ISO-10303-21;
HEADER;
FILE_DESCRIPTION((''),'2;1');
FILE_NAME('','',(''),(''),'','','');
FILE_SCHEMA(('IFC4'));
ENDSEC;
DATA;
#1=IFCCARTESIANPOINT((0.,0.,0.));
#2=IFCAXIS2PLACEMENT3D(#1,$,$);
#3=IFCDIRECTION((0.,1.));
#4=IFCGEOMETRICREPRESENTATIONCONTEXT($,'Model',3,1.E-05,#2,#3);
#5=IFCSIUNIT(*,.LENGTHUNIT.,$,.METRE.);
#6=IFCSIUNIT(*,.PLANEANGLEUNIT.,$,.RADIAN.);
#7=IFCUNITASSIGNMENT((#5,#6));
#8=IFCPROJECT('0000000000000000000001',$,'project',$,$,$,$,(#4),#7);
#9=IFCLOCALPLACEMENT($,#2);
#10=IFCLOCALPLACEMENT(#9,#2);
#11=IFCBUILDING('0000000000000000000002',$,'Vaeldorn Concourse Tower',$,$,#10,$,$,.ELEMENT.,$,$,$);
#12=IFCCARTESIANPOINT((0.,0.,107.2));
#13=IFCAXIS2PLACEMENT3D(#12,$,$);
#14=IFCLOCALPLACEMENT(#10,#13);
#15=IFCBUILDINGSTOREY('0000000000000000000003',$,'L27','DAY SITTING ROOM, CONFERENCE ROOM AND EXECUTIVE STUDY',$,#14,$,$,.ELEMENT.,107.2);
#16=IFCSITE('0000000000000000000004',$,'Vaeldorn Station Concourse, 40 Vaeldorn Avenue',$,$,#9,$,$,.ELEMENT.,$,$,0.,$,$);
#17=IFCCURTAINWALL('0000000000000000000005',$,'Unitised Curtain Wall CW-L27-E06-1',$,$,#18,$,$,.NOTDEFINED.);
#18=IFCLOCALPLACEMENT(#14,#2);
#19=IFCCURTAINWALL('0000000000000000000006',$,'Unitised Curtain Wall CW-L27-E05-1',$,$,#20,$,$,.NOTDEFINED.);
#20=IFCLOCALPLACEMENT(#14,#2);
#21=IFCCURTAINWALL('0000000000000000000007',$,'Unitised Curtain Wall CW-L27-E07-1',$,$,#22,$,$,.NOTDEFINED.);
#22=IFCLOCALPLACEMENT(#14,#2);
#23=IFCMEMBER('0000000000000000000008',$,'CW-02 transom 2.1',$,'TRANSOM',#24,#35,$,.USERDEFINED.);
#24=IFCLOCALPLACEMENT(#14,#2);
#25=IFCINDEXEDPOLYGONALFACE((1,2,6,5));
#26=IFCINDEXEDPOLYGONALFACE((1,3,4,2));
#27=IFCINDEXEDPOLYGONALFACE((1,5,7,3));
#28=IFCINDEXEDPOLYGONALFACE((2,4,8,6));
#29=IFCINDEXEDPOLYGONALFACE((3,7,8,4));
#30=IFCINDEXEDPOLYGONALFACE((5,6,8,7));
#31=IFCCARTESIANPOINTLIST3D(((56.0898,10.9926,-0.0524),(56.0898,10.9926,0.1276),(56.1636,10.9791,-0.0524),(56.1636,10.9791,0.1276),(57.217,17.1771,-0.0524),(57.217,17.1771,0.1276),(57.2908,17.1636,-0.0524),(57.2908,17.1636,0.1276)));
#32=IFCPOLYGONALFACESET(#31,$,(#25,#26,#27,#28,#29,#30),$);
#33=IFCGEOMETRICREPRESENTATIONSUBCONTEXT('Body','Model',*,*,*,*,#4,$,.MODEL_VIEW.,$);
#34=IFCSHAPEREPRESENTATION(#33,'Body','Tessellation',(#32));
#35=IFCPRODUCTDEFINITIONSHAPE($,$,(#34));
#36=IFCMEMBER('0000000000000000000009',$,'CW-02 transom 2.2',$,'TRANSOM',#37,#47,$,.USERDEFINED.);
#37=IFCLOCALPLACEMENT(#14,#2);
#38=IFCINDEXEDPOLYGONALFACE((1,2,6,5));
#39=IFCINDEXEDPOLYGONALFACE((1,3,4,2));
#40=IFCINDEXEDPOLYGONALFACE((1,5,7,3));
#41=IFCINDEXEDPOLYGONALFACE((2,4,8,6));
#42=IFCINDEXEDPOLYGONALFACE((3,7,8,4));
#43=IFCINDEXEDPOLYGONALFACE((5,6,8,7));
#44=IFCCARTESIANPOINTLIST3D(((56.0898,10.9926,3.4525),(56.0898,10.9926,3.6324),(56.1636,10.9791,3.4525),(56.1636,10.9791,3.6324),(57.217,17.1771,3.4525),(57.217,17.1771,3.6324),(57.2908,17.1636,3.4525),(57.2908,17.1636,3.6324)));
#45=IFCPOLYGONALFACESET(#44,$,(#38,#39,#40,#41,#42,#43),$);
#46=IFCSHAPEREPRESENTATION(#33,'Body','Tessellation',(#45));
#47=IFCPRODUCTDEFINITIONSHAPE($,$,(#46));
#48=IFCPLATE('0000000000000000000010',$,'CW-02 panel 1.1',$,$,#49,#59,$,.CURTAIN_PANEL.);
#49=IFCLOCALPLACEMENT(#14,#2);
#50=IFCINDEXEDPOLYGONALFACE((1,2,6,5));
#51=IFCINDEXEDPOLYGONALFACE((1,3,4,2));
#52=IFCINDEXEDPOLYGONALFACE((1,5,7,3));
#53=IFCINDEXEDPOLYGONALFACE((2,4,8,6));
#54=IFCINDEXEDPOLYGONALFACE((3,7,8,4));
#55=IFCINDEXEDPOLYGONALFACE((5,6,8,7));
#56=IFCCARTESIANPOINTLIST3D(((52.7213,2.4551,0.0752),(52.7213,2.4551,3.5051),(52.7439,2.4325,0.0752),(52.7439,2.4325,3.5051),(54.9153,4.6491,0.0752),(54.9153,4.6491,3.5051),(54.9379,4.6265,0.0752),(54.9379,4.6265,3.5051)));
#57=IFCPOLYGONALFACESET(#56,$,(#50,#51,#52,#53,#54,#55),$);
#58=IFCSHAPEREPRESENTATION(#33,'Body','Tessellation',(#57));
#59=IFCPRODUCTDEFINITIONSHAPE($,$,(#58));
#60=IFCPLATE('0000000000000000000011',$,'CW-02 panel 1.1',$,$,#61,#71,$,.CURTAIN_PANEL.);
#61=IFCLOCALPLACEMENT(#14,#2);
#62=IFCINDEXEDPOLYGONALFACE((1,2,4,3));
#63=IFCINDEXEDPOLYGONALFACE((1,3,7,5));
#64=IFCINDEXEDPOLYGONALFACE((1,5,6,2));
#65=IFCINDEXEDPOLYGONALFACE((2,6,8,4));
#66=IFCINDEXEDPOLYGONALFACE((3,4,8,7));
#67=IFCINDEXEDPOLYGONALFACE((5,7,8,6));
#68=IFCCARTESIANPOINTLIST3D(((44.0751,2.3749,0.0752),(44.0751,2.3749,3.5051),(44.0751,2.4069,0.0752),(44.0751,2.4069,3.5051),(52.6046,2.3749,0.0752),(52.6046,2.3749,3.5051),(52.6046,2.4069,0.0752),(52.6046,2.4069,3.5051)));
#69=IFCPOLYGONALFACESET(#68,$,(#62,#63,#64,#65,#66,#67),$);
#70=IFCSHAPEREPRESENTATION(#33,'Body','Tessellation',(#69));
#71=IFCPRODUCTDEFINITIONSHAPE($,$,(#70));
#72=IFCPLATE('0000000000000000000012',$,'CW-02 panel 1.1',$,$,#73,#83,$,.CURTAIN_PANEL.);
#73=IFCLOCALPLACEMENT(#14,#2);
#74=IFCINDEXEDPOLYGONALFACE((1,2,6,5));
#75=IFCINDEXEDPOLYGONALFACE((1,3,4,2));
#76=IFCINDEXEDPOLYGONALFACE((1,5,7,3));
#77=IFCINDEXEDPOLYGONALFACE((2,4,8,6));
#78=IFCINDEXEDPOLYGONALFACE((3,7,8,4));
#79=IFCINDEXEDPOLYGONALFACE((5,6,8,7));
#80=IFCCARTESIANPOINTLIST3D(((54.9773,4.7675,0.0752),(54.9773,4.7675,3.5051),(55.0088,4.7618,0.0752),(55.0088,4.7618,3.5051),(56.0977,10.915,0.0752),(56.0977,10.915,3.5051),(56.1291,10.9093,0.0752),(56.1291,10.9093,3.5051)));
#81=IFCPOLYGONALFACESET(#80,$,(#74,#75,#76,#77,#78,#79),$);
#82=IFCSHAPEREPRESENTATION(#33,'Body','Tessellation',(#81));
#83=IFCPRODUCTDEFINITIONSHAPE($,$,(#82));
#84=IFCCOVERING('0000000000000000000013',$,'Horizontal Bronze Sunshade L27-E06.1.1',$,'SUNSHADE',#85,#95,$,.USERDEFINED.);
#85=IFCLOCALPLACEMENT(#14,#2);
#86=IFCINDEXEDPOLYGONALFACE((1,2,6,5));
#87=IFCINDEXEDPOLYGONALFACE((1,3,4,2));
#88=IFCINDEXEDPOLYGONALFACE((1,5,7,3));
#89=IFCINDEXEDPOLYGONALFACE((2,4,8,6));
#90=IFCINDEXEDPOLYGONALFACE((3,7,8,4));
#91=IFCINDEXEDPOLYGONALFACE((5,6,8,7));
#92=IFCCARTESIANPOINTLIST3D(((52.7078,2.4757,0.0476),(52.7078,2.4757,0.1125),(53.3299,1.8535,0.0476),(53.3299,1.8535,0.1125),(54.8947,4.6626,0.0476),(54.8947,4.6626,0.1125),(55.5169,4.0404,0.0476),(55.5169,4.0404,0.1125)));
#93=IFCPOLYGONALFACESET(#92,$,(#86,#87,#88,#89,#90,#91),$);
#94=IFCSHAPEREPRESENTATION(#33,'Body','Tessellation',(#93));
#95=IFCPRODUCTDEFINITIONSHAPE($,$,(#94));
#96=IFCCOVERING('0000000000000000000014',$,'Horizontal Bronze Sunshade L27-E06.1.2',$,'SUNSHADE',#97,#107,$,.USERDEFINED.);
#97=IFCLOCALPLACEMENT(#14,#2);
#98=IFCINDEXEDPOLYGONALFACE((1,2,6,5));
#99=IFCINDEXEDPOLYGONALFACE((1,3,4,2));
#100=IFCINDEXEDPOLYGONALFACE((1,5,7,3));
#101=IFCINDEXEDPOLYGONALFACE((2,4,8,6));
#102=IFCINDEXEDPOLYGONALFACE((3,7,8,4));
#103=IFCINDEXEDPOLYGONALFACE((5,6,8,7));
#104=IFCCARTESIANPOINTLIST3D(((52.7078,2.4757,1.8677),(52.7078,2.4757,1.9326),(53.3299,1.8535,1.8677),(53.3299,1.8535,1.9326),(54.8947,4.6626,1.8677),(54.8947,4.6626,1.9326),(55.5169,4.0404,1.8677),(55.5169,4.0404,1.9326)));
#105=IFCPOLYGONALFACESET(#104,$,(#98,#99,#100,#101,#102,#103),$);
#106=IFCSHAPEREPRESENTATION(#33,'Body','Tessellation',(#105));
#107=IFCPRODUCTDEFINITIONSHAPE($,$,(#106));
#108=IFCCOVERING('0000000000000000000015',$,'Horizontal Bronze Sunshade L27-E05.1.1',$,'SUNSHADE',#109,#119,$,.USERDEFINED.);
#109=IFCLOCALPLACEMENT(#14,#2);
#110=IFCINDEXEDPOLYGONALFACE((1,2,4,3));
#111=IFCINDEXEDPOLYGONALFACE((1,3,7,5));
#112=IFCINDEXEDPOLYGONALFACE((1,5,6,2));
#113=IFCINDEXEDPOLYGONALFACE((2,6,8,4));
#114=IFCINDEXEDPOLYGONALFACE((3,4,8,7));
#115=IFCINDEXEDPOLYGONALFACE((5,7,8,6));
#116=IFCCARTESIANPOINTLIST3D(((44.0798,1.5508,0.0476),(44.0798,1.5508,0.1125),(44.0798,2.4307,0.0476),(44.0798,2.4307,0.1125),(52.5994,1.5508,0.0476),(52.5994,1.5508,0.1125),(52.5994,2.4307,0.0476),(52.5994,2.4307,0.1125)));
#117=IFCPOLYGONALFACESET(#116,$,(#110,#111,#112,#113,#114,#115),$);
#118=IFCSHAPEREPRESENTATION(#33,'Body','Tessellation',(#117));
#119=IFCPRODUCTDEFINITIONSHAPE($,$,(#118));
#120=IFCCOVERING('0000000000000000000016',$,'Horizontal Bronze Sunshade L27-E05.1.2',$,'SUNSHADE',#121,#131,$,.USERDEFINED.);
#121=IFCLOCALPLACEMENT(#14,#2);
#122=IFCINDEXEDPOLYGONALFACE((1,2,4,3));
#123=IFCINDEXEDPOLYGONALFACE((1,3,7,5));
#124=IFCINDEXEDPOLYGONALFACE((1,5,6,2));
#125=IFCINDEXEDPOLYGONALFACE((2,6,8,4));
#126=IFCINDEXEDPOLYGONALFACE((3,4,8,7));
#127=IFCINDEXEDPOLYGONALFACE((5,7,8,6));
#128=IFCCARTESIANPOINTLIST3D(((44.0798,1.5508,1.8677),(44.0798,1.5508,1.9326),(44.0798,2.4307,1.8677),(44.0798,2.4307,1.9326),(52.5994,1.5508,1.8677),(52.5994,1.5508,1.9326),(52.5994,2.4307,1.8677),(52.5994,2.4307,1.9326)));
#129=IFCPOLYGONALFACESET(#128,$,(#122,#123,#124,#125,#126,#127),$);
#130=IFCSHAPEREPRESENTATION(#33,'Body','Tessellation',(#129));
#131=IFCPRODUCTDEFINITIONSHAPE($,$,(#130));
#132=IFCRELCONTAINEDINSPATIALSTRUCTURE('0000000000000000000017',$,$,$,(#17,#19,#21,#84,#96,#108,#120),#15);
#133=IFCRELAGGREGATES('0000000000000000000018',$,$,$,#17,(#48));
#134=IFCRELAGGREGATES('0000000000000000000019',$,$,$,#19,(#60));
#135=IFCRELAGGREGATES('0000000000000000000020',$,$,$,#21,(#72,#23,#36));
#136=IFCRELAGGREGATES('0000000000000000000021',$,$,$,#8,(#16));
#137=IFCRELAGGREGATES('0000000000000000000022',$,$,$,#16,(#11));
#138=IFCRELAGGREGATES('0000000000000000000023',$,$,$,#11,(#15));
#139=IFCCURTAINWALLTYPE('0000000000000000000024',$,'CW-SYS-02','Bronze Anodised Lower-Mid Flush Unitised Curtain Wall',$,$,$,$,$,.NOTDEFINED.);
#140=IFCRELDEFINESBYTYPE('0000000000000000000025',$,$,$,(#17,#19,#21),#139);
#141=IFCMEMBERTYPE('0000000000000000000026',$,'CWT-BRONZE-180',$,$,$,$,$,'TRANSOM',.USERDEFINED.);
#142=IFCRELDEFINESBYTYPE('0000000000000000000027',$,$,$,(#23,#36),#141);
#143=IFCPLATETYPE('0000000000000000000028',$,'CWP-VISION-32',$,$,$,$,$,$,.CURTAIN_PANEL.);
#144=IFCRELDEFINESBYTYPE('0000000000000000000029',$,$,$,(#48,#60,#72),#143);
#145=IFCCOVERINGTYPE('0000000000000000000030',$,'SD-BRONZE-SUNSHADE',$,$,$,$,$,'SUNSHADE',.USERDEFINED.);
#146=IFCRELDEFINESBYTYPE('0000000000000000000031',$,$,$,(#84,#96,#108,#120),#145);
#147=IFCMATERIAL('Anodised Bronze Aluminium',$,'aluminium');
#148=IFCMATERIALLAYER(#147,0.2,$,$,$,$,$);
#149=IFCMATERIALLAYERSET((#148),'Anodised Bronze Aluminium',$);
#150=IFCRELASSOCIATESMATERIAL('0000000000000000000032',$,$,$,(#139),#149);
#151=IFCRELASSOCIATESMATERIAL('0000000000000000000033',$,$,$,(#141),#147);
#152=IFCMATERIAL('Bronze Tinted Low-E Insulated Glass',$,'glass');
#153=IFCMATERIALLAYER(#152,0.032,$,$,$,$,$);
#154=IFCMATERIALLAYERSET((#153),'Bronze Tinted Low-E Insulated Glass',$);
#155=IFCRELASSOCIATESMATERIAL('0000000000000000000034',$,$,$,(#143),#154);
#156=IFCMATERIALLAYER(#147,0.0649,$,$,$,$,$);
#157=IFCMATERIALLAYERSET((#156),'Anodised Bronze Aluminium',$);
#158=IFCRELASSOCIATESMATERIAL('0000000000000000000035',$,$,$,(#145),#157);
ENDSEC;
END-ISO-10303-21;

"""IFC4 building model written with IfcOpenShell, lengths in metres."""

from ifc_helpers import new_model, si_unit, direction, frame, origin, origin_2d, place, context, subcontext, project, spatial, rectangle, extrude, source, transform, mapped, material, layer, layer_set, material_profile, profile_set, type_object, element, aggregate, save


model = new_model("IFC4")

# Units and contexts
model_context = context("Model", 3, precision=1e-05, world=origin(), true_north=direction((0.0, 1.0)))
body_context = subcontext(model_context, "Body", "Model", "MODEL_VIEW")
ifc_project = project(units=[si_unit("LENGTHUNIT", "METRE"), si_unit("PLANEANGLEUNIT", "RADIAN")], contexts=[model_context])

# Site, building, storey
site_placement = place(None, origin())
site = spatial("IfcSite", under=ifc_project, at=site_placement, Name="Vaeldorn Station Concourse, 40 Vaeldorn Avenue", CompositionType="ELEMENT", RefElevation=0.0)
building_placement = place(site_placement, origin())
building = spatial("IfcBuilding", under=site, at=building_placement, Name="Vaeldorn Concourse Tower", CompositionType="ELEMENT")
storey_placement = place(building_placement, frame((0.0, 0.0, 107.2)))
storey = spatial("IfcBuildingStorey", under=building, at=storey_placement, Name="L27", Description="DAY SITTING ROOM, CONFERENCE ROOM AND EXECUTIVE STUDY", CompositionType="ELEMENT", Elevation=107.2)

# Curtain walls
ifc_material_1 = material(Name="Anodised Bronze Aluminium", Category="aluminium")
ifc_layer_1 = layer(ifc_material_1, 0.2)
ifc_layer_set_1 = layer_set([ifc_layer_1], Name="Anodised Bronze Aluminium")
curtain_wall_type = type_object("IfcCurtainWallType", Name="CW-SYS-02", Description="Bronze Anodised Lower-Mid Flush Unitised Curtain Wall", PredefinedType="NOTDEFINED", material=ifc_layer_set_1)
curtain_wall_1_placement = place(storey_placement, origin())
curtain_wall_1 = element("IfcCurtainWall", 1, at=curtain_wall_1_placement, inside=storey, type_object=curtain_wall_type, Name="Unitised Curtain Wall CW-L27-E06-1", PredefinedType="NOTDEFINED")
ifc_material_profile_1 = material_profile(ifc_material_1, rectangle(XDim=0.075, YDim=0.1799, at=origin_2d()), Name="CWT 75x180")
ifc_profile_set_1 = profile_set([ifc_material_profile_1], Name="Anodised Bronze Aluminium")
member_type_1 = type_object("IfcMemberType", Name="CWT-BRONZE-180", ElementType="TRANSOM", PredefinedType="USERDEFINED", material=ifc_profile_set_1)
curtain_wall_2_placement = place(storey_placement, origin())
curtain_wall_2 = element("IfcCurtainWall", 2, at=curtain_wall_2_placement, inside=storey, type_object=curtain_wall_type, Name="Unitised Curtain Wall CW-L27-E05-1", PredefinedType="NOTDEFINED")

# Curtain wall, members
curtain_wall_3_placement = place(storey_placement, origin())
curtain_wall_3 = element("IfcCurtainWall", 3, at=curtain_wall_3_placement, inside=storey, type_object=curtain_wall_type, Name="Unitised Curtain Wall CW-L27-E07-1", PredefinedType="NOTDEFINED")
shared_shape_1 = source(origin(), body_context, "Body", "SweptSolid", [
    extrude(rectangle(XDim=0.075, YDim=0.1799, at=origin_2d()), origin(), (0.0, 0.0, 1.0), 6.2864),
])
member_1_placement = place(storey_placement, frame((56.1267, 10.9858, 0.0376), z_axis=(0.179306, 0.983793, 0.0), x_axis=(-0.983793, 0.179306, 0.0)))
member_1 = element("IfcMember", 4, at=member_1_placement, type_object=member_type_1, Name="CW-02 transom 2.1", ObjectType="TRANSOM", PredefinedType="USERDEFINED", context=body_context, shape_type="MappedRepresentation", body=[
    mapped(shared_shape_1, transform((0.0, 0.0, 0.0), scale=1.0)),
])
member_2_placement = place(storey_placement, frame((56.1267, 10.9858, 3.5425), z_axis=(0.179306, 0.983793, 0.0), x_axis=(-0.983793, 0.179306, 0.0)))
member_2 = element("IfcMember", 5, at=member_2_placement, type_object=member_type_1, Name="CW-02 transom 2.2", ObjectType="TRANSOM", PredefinedType="USERDEFINED", context=body_context, shape_type="MappedRepresentation", body=[
    mapped(shared_shape_1, transform((0.0, 0.0, 0.0), scale=1.0)),
])

# Plates
ifc_material_2 = material(Name="Bronze Tinted Low-E Insulated Glass", Category="glass")
ifc_layer_2 = layer(ifc_material_2, 0.032)
ifc_layer_set_2 = layer_set([ifc_layer_2], Name="Bronze Tinted Low-E Insulated Glass")
plate_type = type_object("IfcPlateType", Name="CWP-VISION-32", PredefinedType="CURTAIN_PANEL", material=ifc_layer_set_2)
shared_shape_2 = source(origin(), body_context, "Body", "SweptSolid", [
    extrude(rectangle(XDim=3.1028, YDim=0.032, at=origin_2d()), origin(), (0.0, 0.0, 1.0), 3.4299),
])
plate_1_placement = place(storey_placement, frame((53.8296, 3.5408, 0.0752), z_axis=(0.0, 0.0, 1.0), x_axis=(0.707107, 0.707107, 0.0)))
plate_1 = element("IfcPlate", 6, at=plate_1_placement, type_object=plate_type, Name="CW-02 panel 1.1", PredefinedType="CURTAIN_PANEL", context=body_context, shape_type="MappedRepresentation", body=[
    mapped(shared_shape_2, transform((0.0, 0.0, 0.0), scale=1.0)),
])
aggregate(curtain_wall_1, [plate_1])
shared_shape_3 = source(origin(), body_context, "Body", "SweptSolid", [
    extrude(rectangle(XDim=8.5295, YDim=0.032, at=origin_2d()), origin(), (0.0, 0.0, 1.0), 3.4299),
])
plate_2_placement = place(storey_placement, frame((48.3398, 2.3909, 0.0752), z_axis=(0.0, 0.0, 1.0), x_axis=(1.0, 0.0, 0.0)))
plate_2 = element("IfcPlate", 7, at=plate_2_placement, type_object=plate_type, Name="CW-02 panel 1.1", PredefinedType="CURTAIN_PANEL", context=body_context, shape_type="MappedRepresentation", body=[
    mapped(shared_shape_3, transform((0.0, 0.0, 0.0), scale=1.0)),
])
aggregate(curtain_wall_2, [plate_2])
shared_shape_4 = source(origin(), body_context, "Body", "SweptSolid", [
    extrude(rectangle(XDim=6.2488, YDim=0.032, at=origin_2d()), origin(), (0.0, 0.0, 1.0), 3.4299),
])
plate_3_placement = place(storey_placement, frame((55.5532, 7.8384, 0.0752), z_axis=(0.0, 0.0, 1.0), x_axis=(0.179293, 0.983796, 0.0)))
plate_3 = element("IfcPlate", 8, at=plate_3_placement, type_object=plate_type, Name="CW-02 panel 1.1", PredefinedType="CURTAIN_PANEL", context=body_context, shape_type="MappedRepresentation", body=[
    mapped(shared_shape_4, transform((0.0, 0.0, 0.0), scale=1.0)),
])
aggregate(curtain_wall_3, [plate_3, member_1, member_2])

# Coverings
ifc_layer_3 = layer(ifc_material_1, 0.0649)
ifc_layer_set_3 = layer_set([ifc_layer_3], Name="Anodised Bronze Aluminium")
covering_type = type_object("IfcCoveringType", Name="SD-BRONZE-SUNSHADE", ElementType="SUNSHADE", PredefinedType="USERDEFINED", material=ifc_layer_set_3)
shared_shape_5 = source(origin(), body_context, "Body", "SweptSolid", [
    extrude(rectangle(XDim=3.0928, YDim=0.8799, at=origin_2d()), origin(), (0.0, 0.0, 1.0), 0.0649),
])
for number, where, z_axis, x_axis, name in (
    (9, (54.1123, 3.2581, 0.0476), (0.0, 0.0, 1.0), (0.707107, 0.707107, 0.0), "Horizontal Bronze Sunshade L27-E06.1.1"),
    (10, (54.1123, 3.2581, 1.8677), (0.0, 0.0, 1.0), (0.707107, 0.707107, 0.0), "Horizontal Bronze Sunshade L27-E06.1.2"),
):
    element("IfcCovering", number, at=place(storey_placement, frame(where, z_axis=z_axis, x_axis=x_axis)), inside=storey, type_object=covering_type, Name=name, ObjectType="SUNSHADE", PredefinedType="USERDEFINED", context=body_context, shape_type="MappedRepresentation", body=[
        mapped(shared_shape_5, transform((0.0, 0.0, 0.0), scale=1.0)),
    ])
shared_shape_6 = source(origin(), body_context, "Body", "SweptSolid", [
    extrude(rectangle(XDim=8.5195, YDim=0.8799, at=origin_2d()), origin(), (0.0, 0.0, 1.0), 0.0649),
])
for number, where, z_axis, x_axis, name in (
    (11, (48.3396, 1.9907, 0.0476), (0.0, 0.0, 1.0), (1.0, 0.0, 0.0), "Horizontal Bronze Sunshade L27-E05.1.1"),
    (12, (48.3396, 1.9907, 1.8677), (0.0, 0.0, 1.0), (1.0, 0.0, 0.0), "Horizontal Bronze Sunshade L27-E05.1.2"),
):
    element("IfcCovering", number, at=place(storey_placement, frame(where, z_axis=z_axis, x_axis=x_axis)), inside=storey, type_object=covering_type, Name=name, ObjectType="SUNSHADE", PredefinedType="USERDEFINED", context=body_context, shape_type="MappedRepresentation", body=[
        mapped(shared_shape_6, transform((0.0, 0.0, 0.0), scale=1.0)),
    ])

save(model, "model.ifc")
